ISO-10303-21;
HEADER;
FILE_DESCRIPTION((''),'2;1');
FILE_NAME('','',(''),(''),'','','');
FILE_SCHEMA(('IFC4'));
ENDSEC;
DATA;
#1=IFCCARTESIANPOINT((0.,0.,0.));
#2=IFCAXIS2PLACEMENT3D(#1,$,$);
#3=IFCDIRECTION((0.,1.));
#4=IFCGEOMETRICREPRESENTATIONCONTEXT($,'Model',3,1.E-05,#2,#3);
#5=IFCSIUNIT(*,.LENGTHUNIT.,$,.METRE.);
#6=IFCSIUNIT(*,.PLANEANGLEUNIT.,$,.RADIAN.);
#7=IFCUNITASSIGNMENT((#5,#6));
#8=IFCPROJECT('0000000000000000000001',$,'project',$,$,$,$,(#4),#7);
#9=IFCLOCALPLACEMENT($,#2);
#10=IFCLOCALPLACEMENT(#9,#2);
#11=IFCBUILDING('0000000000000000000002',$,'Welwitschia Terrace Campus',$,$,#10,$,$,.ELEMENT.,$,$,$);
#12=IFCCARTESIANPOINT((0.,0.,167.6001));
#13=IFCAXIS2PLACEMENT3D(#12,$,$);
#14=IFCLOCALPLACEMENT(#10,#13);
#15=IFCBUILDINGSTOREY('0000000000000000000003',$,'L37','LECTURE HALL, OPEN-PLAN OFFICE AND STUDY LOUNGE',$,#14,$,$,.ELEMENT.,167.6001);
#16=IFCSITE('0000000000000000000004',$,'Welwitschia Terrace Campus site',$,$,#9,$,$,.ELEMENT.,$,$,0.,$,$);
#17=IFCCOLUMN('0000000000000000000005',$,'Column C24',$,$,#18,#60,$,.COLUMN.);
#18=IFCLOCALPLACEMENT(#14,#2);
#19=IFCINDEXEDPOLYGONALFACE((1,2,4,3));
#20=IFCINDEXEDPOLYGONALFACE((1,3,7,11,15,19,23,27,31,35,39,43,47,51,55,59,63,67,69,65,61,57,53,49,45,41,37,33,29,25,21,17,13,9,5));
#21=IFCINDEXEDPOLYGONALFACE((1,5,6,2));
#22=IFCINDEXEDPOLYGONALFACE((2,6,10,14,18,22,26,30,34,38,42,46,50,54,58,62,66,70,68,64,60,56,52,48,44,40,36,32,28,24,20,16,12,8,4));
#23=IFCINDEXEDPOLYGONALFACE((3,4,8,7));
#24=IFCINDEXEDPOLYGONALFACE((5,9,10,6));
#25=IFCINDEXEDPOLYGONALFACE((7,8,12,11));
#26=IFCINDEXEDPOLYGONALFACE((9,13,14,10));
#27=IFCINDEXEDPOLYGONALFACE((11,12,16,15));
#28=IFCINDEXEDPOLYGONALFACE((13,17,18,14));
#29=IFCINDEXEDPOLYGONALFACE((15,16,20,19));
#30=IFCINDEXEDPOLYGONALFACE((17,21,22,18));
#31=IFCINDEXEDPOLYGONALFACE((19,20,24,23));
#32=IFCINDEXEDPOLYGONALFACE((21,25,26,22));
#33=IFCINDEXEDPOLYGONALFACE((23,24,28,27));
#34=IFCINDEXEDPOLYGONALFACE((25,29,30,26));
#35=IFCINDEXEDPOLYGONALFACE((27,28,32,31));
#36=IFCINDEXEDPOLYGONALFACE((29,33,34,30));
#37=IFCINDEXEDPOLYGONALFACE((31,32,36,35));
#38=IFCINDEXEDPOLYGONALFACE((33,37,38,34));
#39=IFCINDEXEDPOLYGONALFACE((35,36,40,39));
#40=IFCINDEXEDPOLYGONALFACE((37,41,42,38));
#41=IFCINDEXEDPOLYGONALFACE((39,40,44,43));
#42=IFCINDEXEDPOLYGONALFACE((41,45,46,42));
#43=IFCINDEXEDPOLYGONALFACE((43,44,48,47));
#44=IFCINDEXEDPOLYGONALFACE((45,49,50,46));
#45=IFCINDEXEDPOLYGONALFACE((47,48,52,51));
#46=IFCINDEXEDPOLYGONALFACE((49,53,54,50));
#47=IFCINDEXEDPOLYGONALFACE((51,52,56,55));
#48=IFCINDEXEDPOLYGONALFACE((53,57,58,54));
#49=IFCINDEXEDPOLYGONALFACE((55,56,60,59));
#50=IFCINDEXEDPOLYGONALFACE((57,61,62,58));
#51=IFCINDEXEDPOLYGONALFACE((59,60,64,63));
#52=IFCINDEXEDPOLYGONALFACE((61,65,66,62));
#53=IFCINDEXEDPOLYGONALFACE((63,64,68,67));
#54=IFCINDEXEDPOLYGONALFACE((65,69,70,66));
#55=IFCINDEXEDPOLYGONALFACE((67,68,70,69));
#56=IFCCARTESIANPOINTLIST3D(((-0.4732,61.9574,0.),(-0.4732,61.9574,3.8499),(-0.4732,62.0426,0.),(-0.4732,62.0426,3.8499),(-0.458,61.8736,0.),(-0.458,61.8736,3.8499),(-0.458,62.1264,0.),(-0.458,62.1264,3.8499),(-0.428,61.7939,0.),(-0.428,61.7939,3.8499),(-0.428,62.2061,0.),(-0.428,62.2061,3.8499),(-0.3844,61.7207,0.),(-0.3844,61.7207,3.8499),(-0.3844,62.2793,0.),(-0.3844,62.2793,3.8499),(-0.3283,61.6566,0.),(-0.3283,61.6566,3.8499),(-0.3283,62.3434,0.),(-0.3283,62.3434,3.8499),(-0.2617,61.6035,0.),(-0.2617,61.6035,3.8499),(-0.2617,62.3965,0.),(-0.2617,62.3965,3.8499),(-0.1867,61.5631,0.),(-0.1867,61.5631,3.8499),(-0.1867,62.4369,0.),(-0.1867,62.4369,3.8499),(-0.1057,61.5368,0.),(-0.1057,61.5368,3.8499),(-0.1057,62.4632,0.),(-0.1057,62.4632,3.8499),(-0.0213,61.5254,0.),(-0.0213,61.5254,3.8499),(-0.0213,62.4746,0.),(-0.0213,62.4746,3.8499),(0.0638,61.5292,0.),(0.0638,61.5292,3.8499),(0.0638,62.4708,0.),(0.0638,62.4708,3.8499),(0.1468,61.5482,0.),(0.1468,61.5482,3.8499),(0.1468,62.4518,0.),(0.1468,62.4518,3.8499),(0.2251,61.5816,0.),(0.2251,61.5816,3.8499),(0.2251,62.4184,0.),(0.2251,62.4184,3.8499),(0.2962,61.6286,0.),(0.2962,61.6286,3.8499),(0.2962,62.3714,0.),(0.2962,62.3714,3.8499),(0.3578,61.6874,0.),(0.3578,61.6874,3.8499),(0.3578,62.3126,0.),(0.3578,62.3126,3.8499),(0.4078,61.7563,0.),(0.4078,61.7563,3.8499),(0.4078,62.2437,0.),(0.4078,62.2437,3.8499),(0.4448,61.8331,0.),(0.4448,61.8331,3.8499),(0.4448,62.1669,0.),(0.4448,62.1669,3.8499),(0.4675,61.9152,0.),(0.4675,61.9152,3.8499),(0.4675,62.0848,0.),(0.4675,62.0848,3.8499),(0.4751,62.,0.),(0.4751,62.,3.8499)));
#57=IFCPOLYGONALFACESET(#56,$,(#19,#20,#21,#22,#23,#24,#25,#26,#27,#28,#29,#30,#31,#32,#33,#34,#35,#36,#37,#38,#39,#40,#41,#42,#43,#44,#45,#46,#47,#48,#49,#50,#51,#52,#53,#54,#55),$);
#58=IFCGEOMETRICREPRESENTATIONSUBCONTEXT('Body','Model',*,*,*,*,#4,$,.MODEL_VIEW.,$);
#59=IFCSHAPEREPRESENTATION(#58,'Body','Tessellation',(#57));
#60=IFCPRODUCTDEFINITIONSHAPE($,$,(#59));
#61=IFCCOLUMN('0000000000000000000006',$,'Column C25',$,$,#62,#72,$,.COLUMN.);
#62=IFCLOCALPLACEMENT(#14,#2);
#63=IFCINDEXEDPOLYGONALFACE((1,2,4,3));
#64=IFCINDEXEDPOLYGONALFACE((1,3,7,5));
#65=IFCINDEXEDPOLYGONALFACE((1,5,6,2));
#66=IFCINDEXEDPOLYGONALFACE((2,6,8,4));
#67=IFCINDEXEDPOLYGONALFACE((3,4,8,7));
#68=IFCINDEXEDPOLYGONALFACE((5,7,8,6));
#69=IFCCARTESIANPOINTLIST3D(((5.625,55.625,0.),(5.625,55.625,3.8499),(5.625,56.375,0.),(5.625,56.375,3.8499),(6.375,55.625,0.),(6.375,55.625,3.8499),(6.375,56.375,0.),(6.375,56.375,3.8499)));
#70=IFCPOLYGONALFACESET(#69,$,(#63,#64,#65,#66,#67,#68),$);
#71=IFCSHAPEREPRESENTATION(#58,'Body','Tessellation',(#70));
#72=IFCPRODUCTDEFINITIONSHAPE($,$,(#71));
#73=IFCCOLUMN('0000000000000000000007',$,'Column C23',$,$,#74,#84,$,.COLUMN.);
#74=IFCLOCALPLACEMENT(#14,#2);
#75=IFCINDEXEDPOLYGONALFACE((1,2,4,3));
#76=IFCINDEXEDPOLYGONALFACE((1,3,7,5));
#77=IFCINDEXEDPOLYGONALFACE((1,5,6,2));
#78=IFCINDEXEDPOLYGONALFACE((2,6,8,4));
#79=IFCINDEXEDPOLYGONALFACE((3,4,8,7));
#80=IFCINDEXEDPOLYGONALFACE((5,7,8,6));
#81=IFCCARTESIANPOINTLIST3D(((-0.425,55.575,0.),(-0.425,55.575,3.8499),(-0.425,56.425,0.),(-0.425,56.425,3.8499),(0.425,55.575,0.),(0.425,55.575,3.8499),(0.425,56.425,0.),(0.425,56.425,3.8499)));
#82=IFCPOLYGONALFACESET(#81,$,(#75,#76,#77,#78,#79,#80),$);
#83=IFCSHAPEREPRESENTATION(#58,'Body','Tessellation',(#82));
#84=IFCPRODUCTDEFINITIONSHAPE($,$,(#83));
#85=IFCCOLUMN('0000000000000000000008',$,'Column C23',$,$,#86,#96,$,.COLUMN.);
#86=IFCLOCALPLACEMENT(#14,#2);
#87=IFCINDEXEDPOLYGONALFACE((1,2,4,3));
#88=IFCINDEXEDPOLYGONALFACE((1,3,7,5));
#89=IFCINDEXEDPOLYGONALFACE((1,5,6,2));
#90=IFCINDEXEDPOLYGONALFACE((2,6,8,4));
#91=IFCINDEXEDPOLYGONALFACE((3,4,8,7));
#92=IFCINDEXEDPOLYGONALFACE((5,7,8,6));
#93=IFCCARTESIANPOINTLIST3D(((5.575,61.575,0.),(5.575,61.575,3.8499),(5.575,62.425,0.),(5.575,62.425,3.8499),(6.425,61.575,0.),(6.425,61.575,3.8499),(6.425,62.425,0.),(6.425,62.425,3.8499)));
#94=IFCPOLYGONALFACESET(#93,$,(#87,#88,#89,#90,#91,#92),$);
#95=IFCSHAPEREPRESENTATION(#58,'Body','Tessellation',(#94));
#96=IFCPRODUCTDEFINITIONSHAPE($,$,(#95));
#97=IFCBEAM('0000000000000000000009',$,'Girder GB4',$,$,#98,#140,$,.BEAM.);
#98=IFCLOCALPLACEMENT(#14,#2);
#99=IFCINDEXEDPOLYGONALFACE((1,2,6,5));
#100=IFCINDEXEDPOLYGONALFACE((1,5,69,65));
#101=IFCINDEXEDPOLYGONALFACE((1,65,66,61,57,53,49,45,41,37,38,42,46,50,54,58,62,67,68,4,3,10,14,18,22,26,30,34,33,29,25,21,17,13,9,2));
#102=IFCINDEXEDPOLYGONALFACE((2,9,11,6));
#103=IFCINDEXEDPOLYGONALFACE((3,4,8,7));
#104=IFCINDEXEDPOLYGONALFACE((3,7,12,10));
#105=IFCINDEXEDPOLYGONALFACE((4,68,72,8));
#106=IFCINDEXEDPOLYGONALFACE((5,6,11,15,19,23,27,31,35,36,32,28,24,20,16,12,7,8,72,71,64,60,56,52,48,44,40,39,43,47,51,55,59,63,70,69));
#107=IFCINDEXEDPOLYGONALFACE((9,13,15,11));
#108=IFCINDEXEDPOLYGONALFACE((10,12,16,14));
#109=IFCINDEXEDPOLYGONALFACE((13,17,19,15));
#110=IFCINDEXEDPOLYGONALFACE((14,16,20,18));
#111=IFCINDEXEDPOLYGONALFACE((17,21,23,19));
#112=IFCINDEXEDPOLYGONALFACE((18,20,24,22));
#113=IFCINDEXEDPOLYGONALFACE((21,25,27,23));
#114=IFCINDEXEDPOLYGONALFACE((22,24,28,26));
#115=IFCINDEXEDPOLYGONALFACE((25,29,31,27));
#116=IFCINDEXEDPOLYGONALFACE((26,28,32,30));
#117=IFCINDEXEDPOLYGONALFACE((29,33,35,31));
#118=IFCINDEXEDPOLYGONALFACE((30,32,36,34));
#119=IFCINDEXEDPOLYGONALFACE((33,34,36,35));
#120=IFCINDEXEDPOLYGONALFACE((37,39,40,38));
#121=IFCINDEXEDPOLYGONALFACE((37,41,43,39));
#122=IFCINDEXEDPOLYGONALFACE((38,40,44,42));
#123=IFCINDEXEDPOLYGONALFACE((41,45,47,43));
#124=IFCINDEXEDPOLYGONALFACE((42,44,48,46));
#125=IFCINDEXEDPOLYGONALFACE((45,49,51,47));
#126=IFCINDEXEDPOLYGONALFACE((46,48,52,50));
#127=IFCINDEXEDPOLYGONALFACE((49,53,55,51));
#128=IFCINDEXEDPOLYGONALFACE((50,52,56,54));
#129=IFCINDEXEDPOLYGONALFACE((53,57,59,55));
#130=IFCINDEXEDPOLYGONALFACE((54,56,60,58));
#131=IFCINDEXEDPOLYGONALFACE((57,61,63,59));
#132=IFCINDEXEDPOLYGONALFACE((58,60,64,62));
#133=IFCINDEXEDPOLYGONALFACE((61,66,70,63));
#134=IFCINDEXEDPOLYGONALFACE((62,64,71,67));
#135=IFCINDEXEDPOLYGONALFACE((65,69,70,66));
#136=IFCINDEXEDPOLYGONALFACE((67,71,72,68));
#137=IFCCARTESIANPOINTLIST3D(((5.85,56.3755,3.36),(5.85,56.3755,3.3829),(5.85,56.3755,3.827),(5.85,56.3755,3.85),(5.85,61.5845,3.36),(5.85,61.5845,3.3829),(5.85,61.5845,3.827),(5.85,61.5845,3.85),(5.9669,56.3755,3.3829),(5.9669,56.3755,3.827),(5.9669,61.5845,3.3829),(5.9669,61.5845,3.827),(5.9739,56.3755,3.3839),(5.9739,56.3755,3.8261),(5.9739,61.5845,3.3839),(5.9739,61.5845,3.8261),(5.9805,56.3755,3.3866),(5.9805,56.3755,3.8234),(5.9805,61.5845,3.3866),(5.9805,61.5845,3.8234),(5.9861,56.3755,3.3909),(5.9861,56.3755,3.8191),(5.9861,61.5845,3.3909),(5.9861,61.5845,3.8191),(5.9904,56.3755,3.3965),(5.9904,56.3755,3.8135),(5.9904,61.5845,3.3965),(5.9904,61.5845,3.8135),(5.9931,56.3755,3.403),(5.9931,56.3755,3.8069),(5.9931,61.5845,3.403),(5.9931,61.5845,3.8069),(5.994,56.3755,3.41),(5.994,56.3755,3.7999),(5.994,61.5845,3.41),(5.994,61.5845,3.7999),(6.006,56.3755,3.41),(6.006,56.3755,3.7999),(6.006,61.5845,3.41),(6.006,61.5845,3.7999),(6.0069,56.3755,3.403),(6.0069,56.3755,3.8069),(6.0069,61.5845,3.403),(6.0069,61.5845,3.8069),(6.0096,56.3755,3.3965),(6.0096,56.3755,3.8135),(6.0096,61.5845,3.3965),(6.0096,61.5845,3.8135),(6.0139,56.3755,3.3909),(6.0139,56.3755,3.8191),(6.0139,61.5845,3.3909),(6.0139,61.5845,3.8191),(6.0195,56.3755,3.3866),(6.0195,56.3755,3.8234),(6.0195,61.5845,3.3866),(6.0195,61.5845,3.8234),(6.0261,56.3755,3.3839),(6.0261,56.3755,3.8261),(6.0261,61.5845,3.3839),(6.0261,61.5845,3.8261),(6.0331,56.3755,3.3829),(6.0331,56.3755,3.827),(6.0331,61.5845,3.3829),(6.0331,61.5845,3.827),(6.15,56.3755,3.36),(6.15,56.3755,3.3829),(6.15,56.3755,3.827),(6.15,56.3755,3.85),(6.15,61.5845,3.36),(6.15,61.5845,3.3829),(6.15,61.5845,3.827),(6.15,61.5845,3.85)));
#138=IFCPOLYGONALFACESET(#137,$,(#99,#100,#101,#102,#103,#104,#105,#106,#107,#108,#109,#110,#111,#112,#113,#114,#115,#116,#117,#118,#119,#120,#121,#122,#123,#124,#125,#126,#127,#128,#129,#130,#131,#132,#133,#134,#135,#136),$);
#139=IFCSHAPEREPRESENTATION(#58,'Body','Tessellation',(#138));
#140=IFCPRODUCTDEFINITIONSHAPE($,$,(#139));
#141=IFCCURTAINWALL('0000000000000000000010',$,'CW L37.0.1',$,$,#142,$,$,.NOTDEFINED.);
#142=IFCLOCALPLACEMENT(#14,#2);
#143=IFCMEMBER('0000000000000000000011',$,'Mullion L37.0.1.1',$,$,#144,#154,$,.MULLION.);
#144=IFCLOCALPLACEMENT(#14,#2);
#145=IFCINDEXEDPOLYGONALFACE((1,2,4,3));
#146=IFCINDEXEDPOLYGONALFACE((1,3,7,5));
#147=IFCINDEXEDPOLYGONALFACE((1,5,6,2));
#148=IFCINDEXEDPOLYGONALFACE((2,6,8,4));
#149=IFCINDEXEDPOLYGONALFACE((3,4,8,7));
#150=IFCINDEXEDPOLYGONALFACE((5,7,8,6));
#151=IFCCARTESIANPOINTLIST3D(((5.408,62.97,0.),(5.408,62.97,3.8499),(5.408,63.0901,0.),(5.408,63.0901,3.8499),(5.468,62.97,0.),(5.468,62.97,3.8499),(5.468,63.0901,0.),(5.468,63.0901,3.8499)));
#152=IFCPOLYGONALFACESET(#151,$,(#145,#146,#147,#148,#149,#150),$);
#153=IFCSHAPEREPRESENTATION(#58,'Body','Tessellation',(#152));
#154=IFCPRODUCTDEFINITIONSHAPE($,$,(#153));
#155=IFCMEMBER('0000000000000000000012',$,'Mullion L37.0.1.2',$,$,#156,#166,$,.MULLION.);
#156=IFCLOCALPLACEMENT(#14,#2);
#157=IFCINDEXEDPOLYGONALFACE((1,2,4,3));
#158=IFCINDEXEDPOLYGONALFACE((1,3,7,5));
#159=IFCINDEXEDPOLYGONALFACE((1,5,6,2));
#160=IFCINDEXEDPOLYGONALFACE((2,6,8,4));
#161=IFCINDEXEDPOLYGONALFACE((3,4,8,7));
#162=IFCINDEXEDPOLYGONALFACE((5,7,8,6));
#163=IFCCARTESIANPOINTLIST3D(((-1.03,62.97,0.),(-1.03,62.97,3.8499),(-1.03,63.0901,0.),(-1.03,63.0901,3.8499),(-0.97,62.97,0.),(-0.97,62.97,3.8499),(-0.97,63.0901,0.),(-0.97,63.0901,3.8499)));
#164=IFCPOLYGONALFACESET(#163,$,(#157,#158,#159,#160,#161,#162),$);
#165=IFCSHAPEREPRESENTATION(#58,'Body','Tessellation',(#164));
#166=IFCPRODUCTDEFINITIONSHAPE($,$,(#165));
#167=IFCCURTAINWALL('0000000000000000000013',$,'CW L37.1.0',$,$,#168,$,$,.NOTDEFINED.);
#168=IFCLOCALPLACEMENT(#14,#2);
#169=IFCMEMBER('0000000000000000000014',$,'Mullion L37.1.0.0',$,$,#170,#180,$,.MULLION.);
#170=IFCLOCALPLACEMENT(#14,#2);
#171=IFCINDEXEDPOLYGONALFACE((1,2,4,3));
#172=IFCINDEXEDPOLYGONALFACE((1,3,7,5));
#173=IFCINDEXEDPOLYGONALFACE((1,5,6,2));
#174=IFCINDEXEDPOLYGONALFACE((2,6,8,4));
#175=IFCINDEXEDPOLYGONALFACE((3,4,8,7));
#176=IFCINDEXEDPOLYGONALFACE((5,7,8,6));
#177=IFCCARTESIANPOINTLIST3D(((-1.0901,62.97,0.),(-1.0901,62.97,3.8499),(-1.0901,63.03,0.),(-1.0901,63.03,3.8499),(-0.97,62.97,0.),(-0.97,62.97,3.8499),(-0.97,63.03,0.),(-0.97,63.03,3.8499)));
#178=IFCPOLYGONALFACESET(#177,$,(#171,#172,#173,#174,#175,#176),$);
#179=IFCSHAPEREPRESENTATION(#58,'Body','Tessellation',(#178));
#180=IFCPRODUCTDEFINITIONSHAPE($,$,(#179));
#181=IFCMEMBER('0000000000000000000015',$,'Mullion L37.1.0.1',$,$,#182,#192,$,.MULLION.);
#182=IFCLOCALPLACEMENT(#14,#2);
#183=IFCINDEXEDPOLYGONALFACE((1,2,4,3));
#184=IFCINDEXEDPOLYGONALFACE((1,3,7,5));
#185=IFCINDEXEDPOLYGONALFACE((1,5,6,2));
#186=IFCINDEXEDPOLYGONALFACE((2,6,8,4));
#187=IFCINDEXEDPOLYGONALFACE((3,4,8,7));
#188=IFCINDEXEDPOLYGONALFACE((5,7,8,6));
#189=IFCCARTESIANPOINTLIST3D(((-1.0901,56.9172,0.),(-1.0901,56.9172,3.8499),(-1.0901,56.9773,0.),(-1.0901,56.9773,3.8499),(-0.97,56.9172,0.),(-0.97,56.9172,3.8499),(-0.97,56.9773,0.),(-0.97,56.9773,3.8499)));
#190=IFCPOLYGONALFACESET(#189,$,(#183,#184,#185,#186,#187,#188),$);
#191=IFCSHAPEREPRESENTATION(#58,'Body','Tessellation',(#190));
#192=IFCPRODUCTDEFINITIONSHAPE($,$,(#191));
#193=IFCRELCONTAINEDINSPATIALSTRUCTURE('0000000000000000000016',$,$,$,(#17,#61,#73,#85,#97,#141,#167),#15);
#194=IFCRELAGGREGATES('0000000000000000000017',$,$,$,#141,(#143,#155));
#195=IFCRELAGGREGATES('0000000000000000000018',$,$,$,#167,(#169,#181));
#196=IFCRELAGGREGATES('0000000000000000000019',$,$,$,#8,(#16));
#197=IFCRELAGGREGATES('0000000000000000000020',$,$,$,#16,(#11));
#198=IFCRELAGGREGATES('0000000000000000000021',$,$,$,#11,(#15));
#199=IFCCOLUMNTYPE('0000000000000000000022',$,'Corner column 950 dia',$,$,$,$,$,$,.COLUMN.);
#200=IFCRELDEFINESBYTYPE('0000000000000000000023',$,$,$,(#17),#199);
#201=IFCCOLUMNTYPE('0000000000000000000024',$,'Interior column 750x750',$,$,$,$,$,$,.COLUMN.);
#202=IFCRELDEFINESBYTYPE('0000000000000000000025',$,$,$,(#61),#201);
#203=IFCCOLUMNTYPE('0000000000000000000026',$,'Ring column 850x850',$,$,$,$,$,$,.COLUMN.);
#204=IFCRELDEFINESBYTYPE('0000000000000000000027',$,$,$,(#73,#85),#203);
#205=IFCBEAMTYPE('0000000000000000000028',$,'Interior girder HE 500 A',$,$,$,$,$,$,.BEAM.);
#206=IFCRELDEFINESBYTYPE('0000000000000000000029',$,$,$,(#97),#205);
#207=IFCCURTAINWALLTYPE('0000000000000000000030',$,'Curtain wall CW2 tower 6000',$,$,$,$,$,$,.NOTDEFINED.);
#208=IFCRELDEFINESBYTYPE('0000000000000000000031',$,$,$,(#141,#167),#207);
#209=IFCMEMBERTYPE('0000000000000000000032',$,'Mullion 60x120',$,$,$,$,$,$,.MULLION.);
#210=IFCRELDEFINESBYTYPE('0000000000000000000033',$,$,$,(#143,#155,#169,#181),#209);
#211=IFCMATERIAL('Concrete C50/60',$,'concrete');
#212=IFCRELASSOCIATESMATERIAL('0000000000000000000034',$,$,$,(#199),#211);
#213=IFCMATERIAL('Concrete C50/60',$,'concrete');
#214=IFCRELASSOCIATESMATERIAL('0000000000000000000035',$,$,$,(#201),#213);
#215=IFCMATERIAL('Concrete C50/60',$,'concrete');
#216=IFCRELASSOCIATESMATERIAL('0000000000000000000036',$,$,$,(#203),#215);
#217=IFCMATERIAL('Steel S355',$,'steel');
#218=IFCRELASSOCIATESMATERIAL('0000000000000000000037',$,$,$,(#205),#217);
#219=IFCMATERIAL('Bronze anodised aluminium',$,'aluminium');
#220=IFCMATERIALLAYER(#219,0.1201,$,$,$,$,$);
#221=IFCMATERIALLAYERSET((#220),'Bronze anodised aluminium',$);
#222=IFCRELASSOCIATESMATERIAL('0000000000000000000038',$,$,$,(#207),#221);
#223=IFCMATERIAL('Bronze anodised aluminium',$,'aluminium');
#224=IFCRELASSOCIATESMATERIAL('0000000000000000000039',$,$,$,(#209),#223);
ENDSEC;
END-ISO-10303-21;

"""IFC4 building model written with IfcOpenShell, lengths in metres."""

from ifc_helpers import new_model, si_unit, direction, frame, origin, origin_2d, place, context, subcontext, project, spatial, rectangle, circle, i_section, extrude, material, layer, layer_set, material_profile, profile_set, type_object, element, aggregate, save


model = new_model("IFC4")

# Units and contexts
model_context = context("Model", 3, precision=1e-05, world=origin(), true_north=direction((0.0, 1.0)))
body_context = subcontext(model_context, "Body", "Model", "MODEL_VIEW")
ifc_project = project(units=[si_unit("LENGTHUNIT", "METRE"), si_unit("PLANEANGLEUNIT", "RADIAN")], contexts=[model_context])

# Site, building, storey
site_placement = place(None, origin())
site = spatial("IfcSite", under=ifc_project, at=site_placement, Name="Welwitschia Terrace Campus site", CompositionType="ELEMENT", RefElevation=0.0)
building_placement = place(site_placement, origin())
building = spatial("IfcBuilding", under=site, at=building_placement, Name="Welwitschia Terrace Campus", CompositionType="ELEMENT")
storey_placement = place(building_placement, frame((0.0, 0.0, 167.6001)))
storey = spatial("IfcBuildingStorey", under=building, at=storey_placement, Name="L37", Description="LECTURE HALL, OPEN-PLAN OFFICE AND STUDY LOUNGE", CompositionType="ELEMENT", Elevation=167.6001)

# Columns
ifc_material_1 = material(Name="Concrete C50/60", Category="concrete")
ifc_material_profile_1 = material_profile(ifc_material_1, circle(Radius=0.4751, at=origin_2d()))
ifc_profile_set_1 = profile_set([ifc_material_profile_1], Name="Concrete C50/60")
column_type_1 = type_object("IfcColumnType", Name="Corner column 950 dia", PredefinedType="COLUMN", material=ifc_profile_set_1)
column_1_placement = place(storey_placement, frame((0.0, 62.0, 0.0), z_axis=(0.0, 0.0, 1.0), x_axis=(1.0, 0.0, 0.0)))
element("IfcColumn", 1, at=column_1_placement, inside=storey, type_object=column_type_1, Name="Column C24", PredefinedType="COLUMN", context=body_context, shape_type="SweptSolid", body=[
    extrude(circle(Radius=0.4751, at=origin_2d()), origin(), (0.0, 0.0, 1.0), 3.8499),
])
ifc_material_2 = material(Name="Concrete C50/60", Category="concrete")
ifc_material_profile_2 = material_profile(ifc_material_2, rectangle(XDim=0.75, YDim=0.75, at=origin_2d()))
ifc_profile_set_2 = profile_set([ifc_material_profile_2], Name="Concrete C50/60")
column_type_2 = type_object("IfcColumnType", Name="Interior column 750x750", PredefinedType="COLUMN", material=ifc_profile_set_2)
column_2_placement = place(storey_placement, frame((6.0, 56.0, 0.0), z_axis=(0.0, 0.0, 1.0), x_axis=(1.0, 0.0, 0.0)))
element("IfcColumn", 2, at=column_2_placement, inside=storey, type_object=column_type_2, Name="Column C25", PredefinedType="COLUMN", context=body_context, shape_type="SweptSolid", body=[
    extrude(rectangle(XDim=0.75, YDim=0.75, at=origin_2d()), origin(), (0.0, 0.0, 1.0), 3.8499),
])
ifc_material_3 = material(Name="Concrete C50/60", Category="concrete")
ifc_material_profile_3 = material_profile(ifc_material_3, rectangle(XDim=0.8501, YDim=0.8501, at=origin_2d()))
ifc_profile_set_3 = profile_set([ifc_material_profile_3], Name="Concrete C50/60")
column_type_3 = type_object("IfcColumnType", Name="Ring column 850x850", PredefinedType="COLUMN", material=ifc_profile_set_3)
for number, where, z_axis, x_axis, name in (
    (3, (0.0, 56.0, 0.0), (0.0, 0.0, 1.0), (1.0, 0.0, 0.0), "Column C23"),
    (4, (6.0, 62.0, 0.0), (0.0, 0.0, 1.0), (1.0, 0.0, 0.0), "Column C23"),
):
    element("IfcColumn", number, at=place(storey_placement, frame(where, z_axis=z_axis, x_axis=x_axis)), inside=storey, type_object=column_type_3, Name=name, PredefinedType="COLUMN", context=body_context, shape_type="SweptSolid", body=[
        extrude(rectangle(XDim=0.8501, YDim=0.8501, at=origin_2d()), origin(), (0.0, 0.0, 1.0), 3.8499),
    ])

# Beam
ifc_material_4 = material(Name="Steel S355", Category="steel")
ifc_material_profile_4 = material_profile(ifc_material_4, i_section(OverallWidth=0.3, OverallDepth=0.49, WebThickness=0.012, FlangeThickness=0.0229, FilletRadius=0.0271, at=origin_2d()))
ifc_profile_set_4 = profile_set([ifc_material_profile_4], Name="Steel S355")
beam_type_1 = type_object("IfcBeamType", Name="Interior girder HE 500 A", PredefinedType="BEAM", material=ifc_profile_set_4)
beam_1_placement = place(storey_placement, frame((6.0, 56.3755, 3.605), z_axis=(0.0, 1.0, 0.0), x_axis=(-1.0, 0.0, 0.0)))
element("IfcBeam", 5, at=beam_1_placement, inside=storey, type_object=beam_type_1, Name="Girder GB4", PredefinedType="BEAM", context=body_context, shape_type="SweptSolid", body=[
    extrude(i_section(OverallWidth=0.3, OverallDepth=0.49, WebThickness=0.012, FlangeThickness=0.0229, FilletRadius=0.0271, at=origin_2d()), origin(), (0.0, 0.0, 1.0), 5.209),
])

# Curtain walls, members
ifc_material_5 = material(Name="Bronze anodised aluminium", Category="aluminium")
ifc_layer_1 = layer(ifc_material_5, 0.1201)
ifc_layer_set_1 = layer_set([ifc_layer_1], Name="Bronze anodised aluminium")
curtain_wall_type = type_object("IfcCurtainWallType", Name="Curtain wall CW2 tower 6000", PredefinedType="NOTDEFINED", material=ifc_layer_set_1)
curtain_wall_1_placement = place(storey_placement, origin())
curtain_wall_1 = element("IfcCurtainWall", 6, at=curtain_wall_1_placement, inside=storey, type_object=curtain_wall_type, Name="CW L37.0.1", PredefinedType="NOTDEFINED")
ifc_material_6 = material(Name="Bronze anodised aluminium", Category="aluminium")
ifc_material_profile_5 = material_profile(ifc_material_6, rectangle(XDim=0.1201, YDim=0.0601, at=origin_2d()))
ifc_profile_set_5 = profile_set([ifc_material_profile_5], Name="Bronze anodised aluminium")
member_type_1 = type_object("IfcMemberType", Name="Mullion 60x120", PredefinedType="MULLION", material=ifc_profile_set_5)
member_1_placement = place(storey_placement, frame((5.438, 63.03, 0.0), z_axis=(0.0, 0.0, 1.0), x_axis=(0.0, -1.0, 0.0)))
member_1 = element("IfcMember", 7, at=member_1_placement, type_object=member_type_1, Name="Mullion L37.0.1.1", PredefinedType="MULLION", context=body_context, shape_type="SweptSolid", body=[
    extrude(rectangle(XDim=0.1201, YDim=0.0601, at=origin_2d()), origin(), (0.0, 0.0, 1.0), 3.8499),
])
member_2_placement = place(storey_placement, frame((-1.0, 63.03, 0.0), z_axis=(0.0, 0.0, 1.0), x_axis=(0.0, -1.0, 0.0)))
member_2 = element("IfcMember", 8, at=member_2_placement, type_object=member_type_1, Name="Mullion L37.0.1.2", PredefinedType="MULLION", context=body_context, shape_type="SweptSolid", body=[
    extrude(rectangle(XDim=0.1201, YDim=0.0601, at=origin_2d()), origin(), (0.0, 0.0, 1.0), 3.8499),
])
curtain_wall_2_placement = place(storey_placement, origin())
curtain_wall_2 = element("IfcCurtainWall", 9, at=curtain_wall_2_placement, inside=storey, type_object=curtain_wall_type, Name="CW L37.1.0", PredefinedType="NOTDEFINED")
member_3_placement = place(storey_placement, frame((-1.03, 63.0, 0.0), z_axis=(0.0, 0.0, 1.0), x_axis=(1.0, 0.0, 0.0)))
member_3 = element("IfcMember", 10, at=member_3_placement, type_object=member_type_1, Name="Mullion L37.1.0.0", PredefinedType="MULLION", context=body_context, shape_type="SweptSolid", body=[
    extrude(rectangle(XDim=0.1201, YDim=0.0601, at=origin_2d()), origin(), (0.0, 0.0, 1.0), 3.8499),
])
member_4_placement = place(storey_placement, frame((-1.03, 56.9473, 0.0), z_axis=(0.0, 0.0, 1.0), x_axis=(1.0, 0.0, 0.0)))
member_4 = element("IfcMember", 11, at=member_4_placement, type_object=member_type_1, Name="Mullion L37.1.0.1", PredefinedType="MULLION", context=body_context, shape_type="SweptSolid", body=[
    extrude(rectangle(XDim=0.1201, YDim=0.0601, at=origin_2d()), origin(), (0.0, 0.0, 1.0), 3.8499),
])

aggregate(curtain_wall_1, [member_1, member_2])
aggregate(curtain_wall_2, [member_3, member_4])

save(model, "model.ifc")
